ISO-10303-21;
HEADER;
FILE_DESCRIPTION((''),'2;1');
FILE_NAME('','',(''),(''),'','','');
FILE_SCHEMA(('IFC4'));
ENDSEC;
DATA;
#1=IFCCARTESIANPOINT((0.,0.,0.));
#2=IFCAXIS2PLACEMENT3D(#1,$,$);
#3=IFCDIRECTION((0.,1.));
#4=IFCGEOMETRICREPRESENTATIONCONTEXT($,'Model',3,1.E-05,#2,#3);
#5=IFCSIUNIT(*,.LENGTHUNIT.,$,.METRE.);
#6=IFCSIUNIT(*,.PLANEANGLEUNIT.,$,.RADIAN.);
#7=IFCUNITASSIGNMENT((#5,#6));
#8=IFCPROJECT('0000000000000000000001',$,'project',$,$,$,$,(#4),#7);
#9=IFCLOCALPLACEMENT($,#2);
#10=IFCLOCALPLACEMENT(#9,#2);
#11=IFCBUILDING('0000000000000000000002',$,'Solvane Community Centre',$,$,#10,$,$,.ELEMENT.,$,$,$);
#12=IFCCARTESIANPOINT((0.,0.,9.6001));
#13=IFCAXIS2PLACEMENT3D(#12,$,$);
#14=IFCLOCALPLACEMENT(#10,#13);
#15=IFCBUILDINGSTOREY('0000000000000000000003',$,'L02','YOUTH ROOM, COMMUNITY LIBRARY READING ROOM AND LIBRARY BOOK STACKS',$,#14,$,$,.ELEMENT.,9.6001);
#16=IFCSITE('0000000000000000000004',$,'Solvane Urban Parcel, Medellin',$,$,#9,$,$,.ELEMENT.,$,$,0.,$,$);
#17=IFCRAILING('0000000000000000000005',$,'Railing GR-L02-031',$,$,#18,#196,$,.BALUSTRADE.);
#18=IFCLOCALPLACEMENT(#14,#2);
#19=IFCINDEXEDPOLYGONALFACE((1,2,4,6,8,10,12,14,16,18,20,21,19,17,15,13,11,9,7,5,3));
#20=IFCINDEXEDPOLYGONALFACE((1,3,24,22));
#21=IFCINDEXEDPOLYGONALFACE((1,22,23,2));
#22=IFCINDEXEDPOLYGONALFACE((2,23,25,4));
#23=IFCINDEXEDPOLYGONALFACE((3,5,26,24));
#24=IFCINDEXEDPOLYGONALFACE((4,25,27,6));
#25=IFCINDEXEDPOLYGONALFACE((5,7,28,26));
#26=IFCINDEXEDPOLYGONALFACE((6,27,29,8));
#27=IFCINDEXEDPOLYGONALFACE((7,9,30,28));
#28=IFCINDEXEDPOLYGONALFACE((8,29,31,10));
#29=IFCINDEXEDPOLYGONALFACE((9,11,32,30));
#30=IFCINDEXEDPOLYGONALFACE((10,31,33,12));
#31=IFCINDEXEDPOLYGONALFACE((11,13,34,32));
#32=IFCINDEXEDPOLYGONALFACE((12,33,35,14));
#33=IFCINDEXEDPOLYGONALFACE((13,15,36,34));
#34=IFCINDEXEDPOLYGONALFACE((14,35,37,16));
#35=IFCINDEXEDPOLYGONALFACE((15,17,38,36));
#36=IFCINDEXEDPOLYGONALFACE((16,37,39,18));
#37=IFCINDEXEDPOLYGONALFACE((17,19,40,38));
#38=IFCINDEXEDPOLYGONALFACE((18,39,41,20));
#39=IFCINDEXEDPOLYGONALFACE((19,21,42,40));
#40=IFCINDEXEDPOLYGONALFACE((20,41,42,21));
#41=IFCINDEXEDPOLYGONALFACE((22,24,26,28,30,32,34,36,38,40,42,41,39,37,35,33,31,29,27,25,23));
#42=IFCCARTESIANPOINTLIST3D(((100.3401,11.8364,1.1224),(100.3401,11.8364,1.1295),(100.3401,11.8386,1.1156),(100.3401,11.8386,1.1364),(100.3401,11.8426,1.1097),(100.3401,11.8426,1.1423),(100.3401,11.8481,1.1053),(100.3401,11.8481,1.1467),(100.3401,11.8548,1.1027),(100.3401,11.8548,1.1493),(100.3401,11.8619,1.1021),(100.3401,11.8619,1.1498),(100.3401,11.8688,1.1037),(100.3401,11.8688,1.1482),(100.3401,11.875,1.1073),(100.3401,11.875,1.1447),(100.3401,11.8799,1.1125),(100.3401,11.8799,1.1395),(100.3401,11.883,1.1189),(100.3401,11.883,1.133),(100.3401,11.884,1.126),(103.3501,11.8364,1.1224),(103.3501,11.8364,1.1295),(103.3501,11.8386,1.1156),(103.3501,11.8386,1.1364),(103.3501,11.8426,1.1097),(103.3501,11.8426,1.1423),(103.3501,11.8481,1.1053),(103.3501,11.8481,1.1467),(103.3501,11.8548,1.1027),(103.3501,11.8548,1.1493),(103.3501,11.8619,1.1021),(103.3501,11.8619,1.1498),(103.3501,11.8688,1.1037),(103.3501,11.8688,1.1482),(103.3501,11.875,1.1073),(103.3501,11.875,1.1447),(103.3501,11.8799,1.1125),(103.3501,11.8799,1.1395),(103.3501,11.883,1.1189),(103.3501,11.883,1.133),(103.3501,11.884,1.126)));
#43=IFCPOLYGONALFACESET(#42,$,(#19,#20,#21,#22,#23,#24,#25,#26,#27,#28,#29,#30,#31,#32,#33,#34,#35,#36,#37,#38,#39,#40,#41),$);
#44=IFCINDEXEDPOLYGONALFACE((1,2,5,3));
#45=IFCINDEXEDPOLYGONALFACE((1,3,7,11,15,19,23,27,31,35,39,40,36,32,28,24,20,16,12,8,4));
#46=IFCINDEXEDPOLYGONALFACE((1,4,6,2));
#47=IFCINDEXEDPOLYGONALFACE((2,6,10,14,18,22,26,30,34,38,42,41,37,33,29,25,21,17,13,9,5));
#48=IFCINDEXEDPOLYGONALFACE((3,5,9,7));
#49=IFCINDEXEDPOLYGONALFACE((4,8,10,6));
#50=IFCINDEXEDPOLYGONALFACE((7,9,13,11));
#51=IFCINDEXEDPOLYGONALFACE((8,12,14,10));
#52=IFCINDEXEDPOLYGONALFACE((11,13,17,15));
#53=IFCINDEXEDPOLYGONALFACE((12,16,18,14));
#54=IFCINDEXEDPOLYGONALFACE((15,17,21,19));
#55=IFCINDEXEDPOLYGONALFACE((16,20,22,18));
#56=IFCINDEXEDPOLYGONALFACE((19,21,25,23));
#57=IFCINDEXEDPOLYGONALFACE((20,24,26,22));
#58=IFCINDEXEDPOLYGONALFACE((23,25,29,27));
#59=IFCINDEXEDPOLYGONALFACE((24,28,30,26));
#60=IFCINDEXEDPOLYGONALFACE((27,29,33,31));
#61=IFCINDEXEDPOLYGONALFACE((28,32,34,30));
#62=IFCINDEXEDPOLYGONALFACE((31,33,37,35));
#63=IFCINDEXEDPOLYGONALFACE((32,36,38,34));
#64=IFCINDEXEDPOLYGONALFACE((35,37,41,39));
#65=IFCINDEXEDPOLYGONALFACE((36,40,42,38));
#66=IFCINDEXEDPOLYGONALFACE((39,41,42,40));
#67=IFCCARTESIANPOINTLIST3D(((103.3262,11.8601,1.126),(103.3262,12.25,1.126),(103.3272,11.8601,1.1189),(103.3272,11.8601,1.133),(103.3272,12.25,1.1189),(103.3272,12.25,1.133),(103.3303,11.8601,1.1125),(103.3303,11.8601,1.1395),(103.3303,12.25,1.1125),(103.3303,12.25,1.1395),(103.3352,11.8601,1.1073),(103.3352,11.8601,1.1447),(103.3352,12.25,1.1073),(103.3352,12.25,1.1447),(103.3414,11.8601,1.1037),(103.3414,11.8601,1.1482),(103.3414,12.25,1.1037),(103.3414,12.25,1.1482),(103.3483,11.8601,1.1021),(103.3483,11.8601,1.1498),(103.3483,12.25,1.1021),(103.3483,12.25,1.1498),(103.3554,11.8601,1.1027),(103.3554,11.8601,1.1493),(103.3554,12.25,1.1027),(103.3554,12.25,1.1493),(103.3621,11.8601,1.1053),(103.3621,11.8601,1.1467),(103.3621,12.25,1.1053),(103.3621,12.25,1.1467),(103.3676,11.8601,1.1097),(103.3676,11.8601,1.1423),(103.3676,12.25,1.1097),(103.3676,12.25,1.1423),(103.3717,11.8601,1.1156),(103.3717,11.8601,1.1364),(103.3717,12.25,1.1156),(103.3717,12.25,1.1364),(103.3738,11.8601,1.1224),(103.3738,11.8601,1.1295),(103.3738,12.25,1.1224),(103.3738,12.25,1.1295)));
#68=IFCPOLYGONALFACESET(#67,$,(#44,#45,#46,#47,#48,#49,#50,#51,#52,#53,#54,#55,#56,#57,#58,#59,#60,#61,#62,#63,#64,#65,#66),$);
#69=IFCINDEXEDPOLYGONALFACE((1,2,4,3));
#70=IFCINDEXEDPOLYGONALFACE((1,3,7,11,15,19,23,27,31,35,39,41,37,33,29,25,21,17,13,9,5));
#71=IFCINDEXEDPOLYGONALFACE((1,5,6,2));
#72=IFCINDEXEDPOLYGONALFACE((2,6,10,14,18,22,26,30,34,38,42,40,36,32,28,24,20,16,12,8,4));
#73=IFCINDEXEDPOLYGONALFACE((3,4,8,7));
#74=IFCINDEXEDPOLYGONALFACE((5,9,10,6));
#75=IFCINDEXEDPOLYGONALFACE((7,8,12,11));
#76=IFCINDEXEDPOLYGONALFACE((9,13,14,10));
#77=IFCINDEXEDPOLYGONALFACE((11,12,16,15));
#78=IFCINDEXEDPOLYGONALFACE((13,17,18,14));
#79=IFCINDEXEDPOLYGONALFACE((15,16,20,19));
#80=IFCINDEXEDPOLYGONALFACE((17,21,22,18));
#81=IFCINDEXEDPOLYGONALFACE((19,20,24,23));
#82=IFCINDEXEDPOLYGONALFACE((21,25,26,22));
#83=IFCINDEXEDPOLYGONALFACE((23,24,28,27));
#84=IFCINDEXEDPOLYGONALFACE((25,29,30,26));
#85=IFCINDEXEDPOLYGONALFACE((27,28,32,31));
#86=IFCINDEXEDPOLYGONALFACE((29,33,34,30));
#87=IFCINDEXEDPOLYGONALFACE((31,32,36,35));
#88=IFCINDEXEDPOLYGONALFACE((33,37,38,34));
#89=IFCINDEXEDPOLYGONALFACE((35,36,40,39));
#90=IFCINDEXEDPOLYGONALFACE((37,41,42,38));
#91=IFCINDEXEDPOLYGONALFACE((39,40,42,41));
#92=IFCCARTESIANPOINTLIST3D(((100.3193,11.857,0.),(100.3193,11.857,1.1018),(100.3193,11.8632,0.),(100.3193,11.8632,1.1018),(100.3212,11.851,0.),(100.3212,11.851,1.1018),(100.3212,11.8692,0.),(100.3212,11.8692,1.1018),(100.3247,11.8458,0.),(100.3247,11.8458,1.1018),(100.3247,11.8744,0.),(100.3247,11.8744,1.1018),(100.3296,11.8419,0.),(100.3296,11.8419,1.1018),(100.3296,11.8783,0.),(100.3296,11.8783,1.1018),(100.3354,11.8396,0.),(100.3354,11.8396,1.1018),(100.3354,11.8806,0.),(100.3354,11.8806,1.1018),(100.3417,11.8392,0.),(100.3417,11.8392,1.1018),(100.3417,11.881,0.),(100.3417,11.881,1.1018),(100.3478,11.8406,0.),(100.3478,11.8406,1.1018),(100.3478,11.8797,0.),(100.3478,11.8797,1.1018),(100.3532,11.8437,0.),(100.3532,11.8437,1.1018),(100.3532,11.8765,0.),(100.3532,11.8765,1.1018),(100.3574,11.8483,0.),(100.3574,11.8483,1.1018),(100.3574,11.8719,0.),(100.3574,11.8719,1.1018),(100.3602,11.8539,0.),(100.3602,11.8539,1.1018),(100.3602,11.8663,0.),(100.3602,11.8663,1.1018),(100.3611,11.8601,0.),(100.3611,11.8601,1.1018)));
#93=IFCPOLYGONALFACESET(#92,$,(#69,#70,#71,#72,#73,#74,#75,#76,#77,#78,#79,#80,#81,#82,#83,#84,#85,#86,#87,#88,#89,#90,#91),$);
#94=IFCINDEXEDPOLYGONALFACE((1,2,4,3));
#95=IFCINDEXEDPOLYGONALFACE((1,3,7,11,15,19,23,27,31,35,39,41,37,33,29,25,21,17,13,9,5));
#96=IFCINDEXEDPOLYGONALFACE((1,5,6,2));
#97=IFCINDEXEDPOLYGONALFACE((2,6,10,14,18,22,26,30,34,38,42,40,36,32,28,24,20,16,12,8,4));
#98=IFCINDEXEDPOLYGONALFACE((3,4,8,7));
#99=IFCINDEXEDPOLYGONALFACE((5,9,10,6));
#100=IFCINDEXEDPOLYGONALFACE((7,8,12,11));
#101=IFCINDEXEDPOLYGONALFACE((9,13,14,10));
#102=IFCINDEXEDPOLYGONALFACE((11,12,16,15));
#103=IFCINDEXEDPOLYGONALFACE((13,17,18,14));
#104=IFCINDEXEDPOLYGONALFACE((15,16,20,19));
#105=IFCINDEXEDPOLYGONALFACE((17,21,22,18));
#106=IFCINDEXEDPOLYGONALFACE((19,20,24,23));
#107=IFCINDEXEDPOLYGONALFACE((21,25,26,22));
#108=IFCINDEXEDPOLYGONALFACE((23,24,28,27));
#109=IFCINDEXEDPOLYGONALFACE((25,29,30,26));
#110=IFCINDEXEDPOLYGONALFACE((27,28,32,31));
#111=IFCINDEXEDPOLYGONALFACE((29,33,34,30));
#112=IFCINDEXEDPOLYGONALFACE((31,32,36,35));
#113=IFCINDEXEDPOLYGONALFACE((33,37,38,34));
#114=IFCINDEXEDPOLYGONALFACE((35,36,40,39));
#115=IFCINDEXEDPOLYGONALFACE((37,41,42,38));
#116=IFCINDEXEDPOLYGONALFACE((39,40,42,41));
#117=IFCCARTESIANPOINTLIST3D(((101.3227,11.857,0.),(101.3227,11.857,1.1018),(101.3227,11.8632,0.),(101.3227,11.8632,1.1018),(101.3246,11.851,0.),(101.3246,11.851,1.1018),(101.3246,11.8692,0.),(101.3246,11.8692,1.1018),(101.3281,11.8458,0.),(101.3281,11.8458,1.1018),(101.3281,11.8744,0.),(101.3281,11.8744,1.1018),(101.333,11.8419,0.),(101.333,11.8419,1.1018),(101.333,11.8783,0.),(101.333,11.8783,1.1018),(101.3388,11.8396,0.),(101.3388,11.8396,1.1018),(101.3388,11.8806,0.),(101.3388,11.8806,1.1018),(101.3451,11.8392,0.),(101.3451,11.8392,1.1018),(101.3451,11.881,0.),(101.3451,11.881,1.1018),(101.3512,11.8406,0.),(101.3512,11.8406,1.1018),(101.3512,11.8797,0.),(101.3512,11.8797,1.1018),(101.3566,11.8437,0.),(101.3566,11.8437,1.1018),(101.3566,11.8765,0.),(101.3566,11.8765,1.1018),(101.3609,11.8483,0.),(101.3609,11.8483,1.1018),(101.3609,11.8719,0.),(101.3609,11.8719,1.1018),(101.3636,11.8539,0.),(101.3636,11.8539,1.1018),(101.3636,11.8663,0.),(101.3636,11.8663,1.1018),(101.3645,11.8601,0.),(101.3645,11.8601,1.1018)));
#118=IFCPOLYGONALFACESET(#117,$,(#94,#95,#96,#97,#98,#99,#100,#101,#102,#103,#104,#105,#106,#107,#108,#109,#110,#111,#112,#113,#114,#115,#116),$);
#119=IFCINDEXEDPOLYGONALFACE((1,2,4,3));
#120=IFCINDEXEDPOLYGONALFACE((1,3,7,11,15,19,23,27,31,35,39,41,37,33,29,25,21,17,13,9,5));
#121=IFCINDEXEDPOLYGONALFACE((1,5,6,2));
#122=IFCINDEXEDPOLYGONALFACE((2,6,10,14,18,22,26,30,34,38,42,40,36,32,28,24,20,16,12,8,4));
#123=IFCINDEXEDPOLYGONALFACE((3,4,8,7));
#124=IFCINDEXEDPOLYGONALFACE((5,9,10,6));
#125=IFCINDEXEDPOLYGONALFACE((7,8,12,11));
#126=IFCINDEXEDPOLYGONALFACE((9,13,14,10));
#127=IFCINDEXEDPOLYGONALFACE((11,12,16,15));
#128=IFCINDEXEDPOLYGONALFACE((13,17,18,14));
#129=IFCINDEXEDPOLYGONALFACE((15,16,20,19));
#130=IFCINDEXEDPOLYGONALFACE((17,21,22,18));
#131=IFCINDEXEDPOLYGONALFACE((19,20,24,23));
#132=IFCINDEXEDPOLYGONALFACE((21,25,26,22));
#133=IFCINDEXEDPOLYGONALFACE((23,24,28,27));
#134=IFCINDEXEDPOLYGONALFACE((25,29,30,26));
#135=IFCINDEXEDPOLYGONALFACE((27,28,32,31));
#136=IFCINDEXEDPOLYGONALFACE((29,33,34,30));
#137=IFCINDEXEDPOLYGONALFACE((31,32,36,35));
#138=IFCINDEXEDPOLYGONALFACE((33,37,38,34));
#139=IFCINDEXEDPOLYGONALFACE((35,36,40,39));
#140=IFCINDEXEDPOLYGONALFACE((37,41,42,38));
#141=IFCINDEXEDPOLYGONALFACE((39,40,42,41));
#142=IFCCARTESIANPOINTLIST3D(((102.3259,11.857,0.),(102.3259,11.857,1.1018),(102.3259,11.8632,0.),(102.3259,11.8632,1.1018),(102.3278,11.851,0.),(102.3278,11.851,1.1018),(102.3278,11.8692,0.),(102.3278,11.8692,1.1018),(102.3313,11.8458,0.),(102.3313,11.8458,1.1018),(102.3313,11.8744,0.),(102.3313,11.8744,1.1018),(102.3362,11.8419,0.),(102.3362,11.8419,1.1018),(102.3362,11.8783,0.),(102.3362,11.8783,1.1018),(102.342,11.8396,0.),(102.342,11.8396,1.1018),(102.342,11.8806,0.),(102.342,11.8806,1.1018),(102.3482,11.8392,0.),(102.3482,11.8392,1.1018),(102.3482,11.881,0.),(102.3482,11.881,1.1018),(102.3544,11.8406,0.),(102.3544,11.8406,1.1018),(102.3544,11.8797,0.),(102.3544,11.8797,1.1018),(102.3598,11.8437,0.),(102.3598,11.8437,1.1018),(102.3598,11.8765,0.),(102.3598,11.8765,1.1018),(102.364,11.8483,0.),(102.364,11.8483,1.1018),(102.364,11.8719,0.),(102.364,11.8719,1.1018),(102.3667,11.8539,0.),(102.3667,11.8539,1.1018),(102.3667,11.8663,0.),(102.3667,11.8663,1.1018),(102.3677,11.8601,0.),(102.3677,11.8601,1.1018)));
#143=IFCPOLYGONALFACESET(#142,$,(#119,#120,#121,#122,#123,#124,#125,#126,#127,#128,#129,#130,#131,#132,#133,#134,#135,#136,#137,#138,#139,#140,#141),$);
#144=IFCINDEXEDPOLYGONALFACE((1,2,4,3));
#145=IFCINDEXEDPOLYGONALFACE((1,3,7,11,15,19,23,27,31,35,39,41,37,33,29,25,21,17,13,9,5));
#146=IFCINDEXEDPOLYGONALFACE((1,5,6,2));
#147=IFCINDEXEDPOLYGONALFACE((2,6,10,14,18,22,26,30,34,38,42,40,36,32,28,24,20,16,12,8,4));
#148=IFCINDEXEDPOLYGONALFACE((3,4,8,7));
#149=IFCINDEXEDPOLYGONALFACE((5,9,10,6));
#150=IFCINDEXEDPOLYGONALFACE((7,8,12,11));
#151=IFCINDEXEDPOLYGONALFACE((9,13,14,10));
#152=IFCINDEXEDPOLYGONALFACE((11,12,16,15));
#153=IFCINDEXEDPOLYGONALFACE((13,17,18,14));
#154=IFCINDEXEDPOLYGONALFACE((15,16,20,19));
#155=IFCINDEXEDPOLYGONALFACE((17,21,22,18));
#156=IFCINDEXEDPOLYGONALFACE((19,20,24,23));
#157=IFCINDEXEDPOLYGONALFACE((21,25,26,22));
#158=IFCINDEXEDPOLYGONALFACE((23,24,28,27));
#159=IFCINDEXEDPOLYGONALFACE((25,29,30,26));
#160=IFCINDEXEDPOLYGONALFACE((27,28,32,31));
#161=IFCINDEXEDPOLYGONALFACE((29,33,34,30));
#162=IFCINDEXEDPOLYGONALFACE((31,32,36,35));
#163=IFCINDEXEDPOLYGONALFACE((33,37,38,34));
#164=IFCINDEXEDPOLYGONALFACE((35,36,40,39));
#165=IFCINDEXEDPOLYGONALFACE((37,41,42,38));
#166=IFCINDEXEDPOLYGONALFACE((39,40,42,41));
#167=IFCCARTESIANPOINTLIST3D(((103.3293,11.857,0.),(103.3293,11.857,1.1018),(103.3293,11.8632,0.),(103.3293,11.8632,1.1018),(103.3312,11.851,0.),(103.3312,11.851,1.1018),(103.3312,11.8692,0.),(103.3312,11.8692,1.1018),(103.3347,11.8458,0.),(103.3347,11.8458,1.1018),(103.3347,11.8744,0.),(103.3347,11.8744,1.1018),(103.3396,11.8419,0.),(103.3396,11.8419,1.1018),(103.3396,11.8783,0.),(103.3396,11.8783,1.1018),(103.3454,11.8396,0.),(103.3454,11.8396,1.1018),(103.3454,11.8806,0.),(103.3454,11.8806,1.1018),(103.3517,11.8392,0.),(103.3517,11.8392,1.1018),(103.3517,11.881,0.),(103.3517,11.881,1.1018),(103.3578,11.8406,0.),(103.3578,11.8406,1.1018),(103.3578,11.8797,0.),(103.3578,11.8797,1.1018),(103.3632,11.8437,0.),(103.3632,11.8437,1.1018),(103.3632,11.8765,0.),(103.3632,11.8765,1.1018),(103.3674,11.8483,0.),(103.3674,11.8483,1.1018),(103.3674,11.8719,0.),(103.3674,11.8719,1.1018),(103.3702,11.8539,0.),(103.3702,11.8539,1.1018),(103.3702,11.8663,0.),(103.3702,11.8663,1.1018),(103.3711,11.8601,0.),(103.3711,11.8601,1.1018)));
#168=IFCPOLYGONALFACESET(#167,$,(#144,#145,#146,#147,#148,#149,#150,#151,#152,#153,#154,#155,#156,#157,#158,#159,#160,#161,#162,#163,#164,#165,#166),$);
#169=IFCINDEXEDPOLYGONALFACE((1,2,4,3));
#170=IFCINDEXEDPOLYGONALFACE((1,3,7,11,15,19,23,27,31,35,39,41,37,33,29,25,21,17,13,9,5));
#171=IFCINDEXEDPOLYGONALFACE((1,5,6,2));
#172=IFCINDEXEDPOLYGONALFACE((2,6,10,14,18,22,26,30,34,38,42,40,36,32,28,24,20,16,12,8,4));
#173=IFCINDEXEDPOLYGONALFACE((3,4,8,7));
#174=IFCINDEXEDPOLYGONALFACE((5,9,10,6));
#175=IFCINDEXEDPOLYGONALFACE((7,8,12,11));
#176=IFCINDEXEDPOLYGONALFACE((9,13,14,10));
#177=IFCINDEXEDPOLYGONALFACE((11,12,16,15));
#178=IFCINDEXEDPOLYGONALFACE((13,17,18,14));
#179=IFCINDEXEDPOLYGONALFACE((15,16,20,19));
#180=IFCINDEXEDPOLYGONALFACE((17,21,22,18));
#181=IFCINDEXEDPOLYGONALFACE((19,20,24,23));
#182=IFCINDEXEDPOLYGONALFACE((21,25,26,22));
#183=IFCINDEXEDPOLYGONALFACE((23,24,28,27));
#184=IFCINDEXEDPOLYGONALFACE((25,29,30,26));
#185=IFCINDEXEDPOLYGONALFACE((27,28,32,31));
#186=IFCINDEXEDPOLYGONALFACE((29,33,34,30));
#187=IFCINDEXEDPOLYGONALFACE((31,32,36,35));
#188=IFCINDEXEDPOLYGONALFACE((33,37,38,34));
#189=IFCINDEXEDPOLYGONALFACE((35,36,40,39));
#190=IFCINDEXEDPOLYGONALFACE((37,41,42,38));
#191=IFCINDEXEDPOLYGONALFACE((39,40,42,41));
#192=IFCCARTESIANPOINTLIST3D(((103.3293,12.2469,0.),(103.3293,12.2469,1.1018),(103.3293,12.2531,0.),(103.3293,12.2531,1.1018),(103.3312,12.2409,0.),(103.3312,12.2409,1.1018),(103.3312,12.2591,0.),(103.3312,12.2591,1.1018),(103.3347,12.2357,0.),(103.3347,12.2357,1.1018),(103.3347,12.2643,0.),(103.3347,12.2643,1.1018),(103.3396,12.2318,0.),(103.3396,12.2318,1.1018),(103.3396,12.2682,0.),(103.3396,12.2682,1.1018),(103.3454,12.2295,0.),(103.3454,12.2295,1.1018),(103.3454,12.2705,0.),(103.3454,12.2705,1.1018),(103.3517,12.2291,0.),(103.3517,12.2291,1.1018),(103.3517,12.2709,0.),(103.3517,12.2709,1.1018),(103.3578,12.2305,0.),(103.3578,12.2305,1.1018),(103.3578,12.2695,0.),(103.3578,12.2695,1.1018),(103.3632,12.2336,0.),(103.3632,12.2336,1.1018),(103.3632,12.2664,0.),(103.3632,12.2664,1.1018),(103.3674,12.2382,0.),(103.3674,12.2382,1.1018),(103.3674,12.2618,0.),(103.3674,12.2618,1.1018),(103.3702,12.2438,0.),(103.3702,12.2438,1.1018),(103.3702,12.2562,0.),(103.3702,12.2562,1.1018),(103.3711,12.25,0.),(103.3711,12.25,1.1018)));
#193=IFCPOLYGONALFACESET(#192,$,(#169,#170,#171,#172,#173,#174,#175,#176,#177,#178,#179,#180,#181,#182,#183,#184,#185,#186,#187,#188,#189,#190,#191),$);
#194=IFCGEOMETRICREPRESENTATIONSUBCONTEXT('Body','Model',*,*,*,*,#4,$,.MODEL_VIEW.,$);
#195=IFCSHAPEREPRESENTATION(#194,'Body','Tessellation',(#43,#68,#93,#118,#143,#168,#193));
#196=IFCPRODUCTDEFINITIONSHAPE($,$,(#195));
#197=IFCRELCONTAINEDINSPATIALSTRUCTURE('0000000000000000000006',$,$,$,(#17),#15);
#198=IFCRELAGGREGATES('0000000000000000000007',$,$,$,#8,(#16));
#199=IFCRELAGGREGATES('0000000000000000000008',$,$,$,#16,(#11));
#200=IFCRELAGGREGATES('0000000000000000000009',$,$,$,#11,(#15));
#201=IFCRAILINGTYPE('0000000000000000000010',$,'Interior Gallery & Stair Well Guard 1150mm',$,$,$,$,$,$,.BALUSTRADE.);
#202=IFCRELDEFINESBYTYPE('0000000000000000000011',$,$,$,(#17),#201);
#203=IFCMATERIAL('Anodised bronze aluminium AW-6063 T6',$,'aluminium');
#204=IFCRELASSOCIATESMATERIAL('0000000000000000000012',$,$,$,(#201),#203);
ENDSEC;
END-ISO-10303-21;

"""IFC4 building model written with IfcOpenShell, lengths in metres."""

from ifc_helpers import new_model, si_unit, direction, frame, origin, origin_2d, place, context, subcontext, project, spatial, circle, extrude, material, type_object, element, save


model = new_model("IFC4")

# Units and contexts
model_context = context("Model", 3, precision=1e-05, world=origin(), true_north=direction((0.0, 1.0)))
body_context = subcontext(model_context, "Body", "Model", "MODEL_VIEW")
ifc_project = project(units=[si_unit("LENGTHUNIT", "METRE"), si_unit("PLANEANGLEUNIT", "RADIAN")], contexts=[model_context])

# Site, building, storey
site_placement = place(None, origin())
site = spatial("IfcSite", under=ifc_project, at=site_placement, Name="Solvane Urban Parcel, Medellin", CompositionType="ELEMENT", RefElevation=0.0)
building_placement = place(site_placement, origin())
building = spatial("IfcBuilding", under=site, at=building_placement, Name="Solvane Community Centre", CompositionType="ELEMENT")
storey_placement = place(building_placement, frame((0.0, 0.0, 9.6001)))
storey = spatial("IfcBuildingStorey", under=building, at=storey_placement, Name="L02", Description="YOUTH ROOM, COMMUNITY LIBRARY READING ROOM AND LIBRARY BOOK STACKS", CompositionType="ELEMENT", Elevation=9.6001)

# Shared definitions
ifc_material_1 = material(Name="Anodised bronze aluminium AW-6063 T6", Category="aluminium")

# Railing
railing_type_1 = type_object("IfcRailingType", Name="Interior Gallery & Stair Well Guard 1150mm", PredefinedType="BALUSTRADE", material=ifc_material_1)
railing_1_placement = place(storey_placement, frame((100.3401, 11.8601, 0.0)))
element("IfcRailing", 1, at=railing_1_placement, inside=storey, type_object=railing_type_1, Name="Railing GR-L02-031", PredefinedType="BALUSTRADE", context=body_context, shape_type="SweptSolid", body=[
    extrude(circle(Radius=0.0239, at=origin_2d()), frame((0.0, 0.0, 1.126), z_axis=(1.0, 0.0, 0.0), x_axis=(0.0, 1.0, 0.0)), (0.0, 0.0, 1.0), 3.01),
    extrude(circle(Radius=0.0239, at=origin_2d()), frame((3.01, 0.0, 1.126), z_axis=(0.0, 1.0, 0.0), x_axis=(-1.0, 0.0, 0.0)), (0.0, 0.0, 1.0), 0.3899),
    extrude(circle(Radius=0.021, at=origin_2d()), origin(), (0.0, 0.0, 1.0), 1.1018),
    extrude(circle(Radius=0.021, at=origin_2d()), frame((1.0034, 0.0, 0.0)), (0.0, 0.0, 1.0), 1.1018),
    extrude(circle(Radius=0.021, at=origin_2d()), frame((2.0066, 0.0, 0.0)), (0.0, 0.0, 1.0), 1.1018),
    extrude(circle(Radius=0.021, at=origin_2d()), frame((3.01, 0.0, 0.0)), (0.0, 0.0, 1.0), 1.1018),
    extrude(circle(Radius=0.021, at=origin_2d()), frame((3.01, 0.3899, 0.0)), (0.0, 0.0, 1.0), 1.1018),
])

save(model, "model.ifc")
